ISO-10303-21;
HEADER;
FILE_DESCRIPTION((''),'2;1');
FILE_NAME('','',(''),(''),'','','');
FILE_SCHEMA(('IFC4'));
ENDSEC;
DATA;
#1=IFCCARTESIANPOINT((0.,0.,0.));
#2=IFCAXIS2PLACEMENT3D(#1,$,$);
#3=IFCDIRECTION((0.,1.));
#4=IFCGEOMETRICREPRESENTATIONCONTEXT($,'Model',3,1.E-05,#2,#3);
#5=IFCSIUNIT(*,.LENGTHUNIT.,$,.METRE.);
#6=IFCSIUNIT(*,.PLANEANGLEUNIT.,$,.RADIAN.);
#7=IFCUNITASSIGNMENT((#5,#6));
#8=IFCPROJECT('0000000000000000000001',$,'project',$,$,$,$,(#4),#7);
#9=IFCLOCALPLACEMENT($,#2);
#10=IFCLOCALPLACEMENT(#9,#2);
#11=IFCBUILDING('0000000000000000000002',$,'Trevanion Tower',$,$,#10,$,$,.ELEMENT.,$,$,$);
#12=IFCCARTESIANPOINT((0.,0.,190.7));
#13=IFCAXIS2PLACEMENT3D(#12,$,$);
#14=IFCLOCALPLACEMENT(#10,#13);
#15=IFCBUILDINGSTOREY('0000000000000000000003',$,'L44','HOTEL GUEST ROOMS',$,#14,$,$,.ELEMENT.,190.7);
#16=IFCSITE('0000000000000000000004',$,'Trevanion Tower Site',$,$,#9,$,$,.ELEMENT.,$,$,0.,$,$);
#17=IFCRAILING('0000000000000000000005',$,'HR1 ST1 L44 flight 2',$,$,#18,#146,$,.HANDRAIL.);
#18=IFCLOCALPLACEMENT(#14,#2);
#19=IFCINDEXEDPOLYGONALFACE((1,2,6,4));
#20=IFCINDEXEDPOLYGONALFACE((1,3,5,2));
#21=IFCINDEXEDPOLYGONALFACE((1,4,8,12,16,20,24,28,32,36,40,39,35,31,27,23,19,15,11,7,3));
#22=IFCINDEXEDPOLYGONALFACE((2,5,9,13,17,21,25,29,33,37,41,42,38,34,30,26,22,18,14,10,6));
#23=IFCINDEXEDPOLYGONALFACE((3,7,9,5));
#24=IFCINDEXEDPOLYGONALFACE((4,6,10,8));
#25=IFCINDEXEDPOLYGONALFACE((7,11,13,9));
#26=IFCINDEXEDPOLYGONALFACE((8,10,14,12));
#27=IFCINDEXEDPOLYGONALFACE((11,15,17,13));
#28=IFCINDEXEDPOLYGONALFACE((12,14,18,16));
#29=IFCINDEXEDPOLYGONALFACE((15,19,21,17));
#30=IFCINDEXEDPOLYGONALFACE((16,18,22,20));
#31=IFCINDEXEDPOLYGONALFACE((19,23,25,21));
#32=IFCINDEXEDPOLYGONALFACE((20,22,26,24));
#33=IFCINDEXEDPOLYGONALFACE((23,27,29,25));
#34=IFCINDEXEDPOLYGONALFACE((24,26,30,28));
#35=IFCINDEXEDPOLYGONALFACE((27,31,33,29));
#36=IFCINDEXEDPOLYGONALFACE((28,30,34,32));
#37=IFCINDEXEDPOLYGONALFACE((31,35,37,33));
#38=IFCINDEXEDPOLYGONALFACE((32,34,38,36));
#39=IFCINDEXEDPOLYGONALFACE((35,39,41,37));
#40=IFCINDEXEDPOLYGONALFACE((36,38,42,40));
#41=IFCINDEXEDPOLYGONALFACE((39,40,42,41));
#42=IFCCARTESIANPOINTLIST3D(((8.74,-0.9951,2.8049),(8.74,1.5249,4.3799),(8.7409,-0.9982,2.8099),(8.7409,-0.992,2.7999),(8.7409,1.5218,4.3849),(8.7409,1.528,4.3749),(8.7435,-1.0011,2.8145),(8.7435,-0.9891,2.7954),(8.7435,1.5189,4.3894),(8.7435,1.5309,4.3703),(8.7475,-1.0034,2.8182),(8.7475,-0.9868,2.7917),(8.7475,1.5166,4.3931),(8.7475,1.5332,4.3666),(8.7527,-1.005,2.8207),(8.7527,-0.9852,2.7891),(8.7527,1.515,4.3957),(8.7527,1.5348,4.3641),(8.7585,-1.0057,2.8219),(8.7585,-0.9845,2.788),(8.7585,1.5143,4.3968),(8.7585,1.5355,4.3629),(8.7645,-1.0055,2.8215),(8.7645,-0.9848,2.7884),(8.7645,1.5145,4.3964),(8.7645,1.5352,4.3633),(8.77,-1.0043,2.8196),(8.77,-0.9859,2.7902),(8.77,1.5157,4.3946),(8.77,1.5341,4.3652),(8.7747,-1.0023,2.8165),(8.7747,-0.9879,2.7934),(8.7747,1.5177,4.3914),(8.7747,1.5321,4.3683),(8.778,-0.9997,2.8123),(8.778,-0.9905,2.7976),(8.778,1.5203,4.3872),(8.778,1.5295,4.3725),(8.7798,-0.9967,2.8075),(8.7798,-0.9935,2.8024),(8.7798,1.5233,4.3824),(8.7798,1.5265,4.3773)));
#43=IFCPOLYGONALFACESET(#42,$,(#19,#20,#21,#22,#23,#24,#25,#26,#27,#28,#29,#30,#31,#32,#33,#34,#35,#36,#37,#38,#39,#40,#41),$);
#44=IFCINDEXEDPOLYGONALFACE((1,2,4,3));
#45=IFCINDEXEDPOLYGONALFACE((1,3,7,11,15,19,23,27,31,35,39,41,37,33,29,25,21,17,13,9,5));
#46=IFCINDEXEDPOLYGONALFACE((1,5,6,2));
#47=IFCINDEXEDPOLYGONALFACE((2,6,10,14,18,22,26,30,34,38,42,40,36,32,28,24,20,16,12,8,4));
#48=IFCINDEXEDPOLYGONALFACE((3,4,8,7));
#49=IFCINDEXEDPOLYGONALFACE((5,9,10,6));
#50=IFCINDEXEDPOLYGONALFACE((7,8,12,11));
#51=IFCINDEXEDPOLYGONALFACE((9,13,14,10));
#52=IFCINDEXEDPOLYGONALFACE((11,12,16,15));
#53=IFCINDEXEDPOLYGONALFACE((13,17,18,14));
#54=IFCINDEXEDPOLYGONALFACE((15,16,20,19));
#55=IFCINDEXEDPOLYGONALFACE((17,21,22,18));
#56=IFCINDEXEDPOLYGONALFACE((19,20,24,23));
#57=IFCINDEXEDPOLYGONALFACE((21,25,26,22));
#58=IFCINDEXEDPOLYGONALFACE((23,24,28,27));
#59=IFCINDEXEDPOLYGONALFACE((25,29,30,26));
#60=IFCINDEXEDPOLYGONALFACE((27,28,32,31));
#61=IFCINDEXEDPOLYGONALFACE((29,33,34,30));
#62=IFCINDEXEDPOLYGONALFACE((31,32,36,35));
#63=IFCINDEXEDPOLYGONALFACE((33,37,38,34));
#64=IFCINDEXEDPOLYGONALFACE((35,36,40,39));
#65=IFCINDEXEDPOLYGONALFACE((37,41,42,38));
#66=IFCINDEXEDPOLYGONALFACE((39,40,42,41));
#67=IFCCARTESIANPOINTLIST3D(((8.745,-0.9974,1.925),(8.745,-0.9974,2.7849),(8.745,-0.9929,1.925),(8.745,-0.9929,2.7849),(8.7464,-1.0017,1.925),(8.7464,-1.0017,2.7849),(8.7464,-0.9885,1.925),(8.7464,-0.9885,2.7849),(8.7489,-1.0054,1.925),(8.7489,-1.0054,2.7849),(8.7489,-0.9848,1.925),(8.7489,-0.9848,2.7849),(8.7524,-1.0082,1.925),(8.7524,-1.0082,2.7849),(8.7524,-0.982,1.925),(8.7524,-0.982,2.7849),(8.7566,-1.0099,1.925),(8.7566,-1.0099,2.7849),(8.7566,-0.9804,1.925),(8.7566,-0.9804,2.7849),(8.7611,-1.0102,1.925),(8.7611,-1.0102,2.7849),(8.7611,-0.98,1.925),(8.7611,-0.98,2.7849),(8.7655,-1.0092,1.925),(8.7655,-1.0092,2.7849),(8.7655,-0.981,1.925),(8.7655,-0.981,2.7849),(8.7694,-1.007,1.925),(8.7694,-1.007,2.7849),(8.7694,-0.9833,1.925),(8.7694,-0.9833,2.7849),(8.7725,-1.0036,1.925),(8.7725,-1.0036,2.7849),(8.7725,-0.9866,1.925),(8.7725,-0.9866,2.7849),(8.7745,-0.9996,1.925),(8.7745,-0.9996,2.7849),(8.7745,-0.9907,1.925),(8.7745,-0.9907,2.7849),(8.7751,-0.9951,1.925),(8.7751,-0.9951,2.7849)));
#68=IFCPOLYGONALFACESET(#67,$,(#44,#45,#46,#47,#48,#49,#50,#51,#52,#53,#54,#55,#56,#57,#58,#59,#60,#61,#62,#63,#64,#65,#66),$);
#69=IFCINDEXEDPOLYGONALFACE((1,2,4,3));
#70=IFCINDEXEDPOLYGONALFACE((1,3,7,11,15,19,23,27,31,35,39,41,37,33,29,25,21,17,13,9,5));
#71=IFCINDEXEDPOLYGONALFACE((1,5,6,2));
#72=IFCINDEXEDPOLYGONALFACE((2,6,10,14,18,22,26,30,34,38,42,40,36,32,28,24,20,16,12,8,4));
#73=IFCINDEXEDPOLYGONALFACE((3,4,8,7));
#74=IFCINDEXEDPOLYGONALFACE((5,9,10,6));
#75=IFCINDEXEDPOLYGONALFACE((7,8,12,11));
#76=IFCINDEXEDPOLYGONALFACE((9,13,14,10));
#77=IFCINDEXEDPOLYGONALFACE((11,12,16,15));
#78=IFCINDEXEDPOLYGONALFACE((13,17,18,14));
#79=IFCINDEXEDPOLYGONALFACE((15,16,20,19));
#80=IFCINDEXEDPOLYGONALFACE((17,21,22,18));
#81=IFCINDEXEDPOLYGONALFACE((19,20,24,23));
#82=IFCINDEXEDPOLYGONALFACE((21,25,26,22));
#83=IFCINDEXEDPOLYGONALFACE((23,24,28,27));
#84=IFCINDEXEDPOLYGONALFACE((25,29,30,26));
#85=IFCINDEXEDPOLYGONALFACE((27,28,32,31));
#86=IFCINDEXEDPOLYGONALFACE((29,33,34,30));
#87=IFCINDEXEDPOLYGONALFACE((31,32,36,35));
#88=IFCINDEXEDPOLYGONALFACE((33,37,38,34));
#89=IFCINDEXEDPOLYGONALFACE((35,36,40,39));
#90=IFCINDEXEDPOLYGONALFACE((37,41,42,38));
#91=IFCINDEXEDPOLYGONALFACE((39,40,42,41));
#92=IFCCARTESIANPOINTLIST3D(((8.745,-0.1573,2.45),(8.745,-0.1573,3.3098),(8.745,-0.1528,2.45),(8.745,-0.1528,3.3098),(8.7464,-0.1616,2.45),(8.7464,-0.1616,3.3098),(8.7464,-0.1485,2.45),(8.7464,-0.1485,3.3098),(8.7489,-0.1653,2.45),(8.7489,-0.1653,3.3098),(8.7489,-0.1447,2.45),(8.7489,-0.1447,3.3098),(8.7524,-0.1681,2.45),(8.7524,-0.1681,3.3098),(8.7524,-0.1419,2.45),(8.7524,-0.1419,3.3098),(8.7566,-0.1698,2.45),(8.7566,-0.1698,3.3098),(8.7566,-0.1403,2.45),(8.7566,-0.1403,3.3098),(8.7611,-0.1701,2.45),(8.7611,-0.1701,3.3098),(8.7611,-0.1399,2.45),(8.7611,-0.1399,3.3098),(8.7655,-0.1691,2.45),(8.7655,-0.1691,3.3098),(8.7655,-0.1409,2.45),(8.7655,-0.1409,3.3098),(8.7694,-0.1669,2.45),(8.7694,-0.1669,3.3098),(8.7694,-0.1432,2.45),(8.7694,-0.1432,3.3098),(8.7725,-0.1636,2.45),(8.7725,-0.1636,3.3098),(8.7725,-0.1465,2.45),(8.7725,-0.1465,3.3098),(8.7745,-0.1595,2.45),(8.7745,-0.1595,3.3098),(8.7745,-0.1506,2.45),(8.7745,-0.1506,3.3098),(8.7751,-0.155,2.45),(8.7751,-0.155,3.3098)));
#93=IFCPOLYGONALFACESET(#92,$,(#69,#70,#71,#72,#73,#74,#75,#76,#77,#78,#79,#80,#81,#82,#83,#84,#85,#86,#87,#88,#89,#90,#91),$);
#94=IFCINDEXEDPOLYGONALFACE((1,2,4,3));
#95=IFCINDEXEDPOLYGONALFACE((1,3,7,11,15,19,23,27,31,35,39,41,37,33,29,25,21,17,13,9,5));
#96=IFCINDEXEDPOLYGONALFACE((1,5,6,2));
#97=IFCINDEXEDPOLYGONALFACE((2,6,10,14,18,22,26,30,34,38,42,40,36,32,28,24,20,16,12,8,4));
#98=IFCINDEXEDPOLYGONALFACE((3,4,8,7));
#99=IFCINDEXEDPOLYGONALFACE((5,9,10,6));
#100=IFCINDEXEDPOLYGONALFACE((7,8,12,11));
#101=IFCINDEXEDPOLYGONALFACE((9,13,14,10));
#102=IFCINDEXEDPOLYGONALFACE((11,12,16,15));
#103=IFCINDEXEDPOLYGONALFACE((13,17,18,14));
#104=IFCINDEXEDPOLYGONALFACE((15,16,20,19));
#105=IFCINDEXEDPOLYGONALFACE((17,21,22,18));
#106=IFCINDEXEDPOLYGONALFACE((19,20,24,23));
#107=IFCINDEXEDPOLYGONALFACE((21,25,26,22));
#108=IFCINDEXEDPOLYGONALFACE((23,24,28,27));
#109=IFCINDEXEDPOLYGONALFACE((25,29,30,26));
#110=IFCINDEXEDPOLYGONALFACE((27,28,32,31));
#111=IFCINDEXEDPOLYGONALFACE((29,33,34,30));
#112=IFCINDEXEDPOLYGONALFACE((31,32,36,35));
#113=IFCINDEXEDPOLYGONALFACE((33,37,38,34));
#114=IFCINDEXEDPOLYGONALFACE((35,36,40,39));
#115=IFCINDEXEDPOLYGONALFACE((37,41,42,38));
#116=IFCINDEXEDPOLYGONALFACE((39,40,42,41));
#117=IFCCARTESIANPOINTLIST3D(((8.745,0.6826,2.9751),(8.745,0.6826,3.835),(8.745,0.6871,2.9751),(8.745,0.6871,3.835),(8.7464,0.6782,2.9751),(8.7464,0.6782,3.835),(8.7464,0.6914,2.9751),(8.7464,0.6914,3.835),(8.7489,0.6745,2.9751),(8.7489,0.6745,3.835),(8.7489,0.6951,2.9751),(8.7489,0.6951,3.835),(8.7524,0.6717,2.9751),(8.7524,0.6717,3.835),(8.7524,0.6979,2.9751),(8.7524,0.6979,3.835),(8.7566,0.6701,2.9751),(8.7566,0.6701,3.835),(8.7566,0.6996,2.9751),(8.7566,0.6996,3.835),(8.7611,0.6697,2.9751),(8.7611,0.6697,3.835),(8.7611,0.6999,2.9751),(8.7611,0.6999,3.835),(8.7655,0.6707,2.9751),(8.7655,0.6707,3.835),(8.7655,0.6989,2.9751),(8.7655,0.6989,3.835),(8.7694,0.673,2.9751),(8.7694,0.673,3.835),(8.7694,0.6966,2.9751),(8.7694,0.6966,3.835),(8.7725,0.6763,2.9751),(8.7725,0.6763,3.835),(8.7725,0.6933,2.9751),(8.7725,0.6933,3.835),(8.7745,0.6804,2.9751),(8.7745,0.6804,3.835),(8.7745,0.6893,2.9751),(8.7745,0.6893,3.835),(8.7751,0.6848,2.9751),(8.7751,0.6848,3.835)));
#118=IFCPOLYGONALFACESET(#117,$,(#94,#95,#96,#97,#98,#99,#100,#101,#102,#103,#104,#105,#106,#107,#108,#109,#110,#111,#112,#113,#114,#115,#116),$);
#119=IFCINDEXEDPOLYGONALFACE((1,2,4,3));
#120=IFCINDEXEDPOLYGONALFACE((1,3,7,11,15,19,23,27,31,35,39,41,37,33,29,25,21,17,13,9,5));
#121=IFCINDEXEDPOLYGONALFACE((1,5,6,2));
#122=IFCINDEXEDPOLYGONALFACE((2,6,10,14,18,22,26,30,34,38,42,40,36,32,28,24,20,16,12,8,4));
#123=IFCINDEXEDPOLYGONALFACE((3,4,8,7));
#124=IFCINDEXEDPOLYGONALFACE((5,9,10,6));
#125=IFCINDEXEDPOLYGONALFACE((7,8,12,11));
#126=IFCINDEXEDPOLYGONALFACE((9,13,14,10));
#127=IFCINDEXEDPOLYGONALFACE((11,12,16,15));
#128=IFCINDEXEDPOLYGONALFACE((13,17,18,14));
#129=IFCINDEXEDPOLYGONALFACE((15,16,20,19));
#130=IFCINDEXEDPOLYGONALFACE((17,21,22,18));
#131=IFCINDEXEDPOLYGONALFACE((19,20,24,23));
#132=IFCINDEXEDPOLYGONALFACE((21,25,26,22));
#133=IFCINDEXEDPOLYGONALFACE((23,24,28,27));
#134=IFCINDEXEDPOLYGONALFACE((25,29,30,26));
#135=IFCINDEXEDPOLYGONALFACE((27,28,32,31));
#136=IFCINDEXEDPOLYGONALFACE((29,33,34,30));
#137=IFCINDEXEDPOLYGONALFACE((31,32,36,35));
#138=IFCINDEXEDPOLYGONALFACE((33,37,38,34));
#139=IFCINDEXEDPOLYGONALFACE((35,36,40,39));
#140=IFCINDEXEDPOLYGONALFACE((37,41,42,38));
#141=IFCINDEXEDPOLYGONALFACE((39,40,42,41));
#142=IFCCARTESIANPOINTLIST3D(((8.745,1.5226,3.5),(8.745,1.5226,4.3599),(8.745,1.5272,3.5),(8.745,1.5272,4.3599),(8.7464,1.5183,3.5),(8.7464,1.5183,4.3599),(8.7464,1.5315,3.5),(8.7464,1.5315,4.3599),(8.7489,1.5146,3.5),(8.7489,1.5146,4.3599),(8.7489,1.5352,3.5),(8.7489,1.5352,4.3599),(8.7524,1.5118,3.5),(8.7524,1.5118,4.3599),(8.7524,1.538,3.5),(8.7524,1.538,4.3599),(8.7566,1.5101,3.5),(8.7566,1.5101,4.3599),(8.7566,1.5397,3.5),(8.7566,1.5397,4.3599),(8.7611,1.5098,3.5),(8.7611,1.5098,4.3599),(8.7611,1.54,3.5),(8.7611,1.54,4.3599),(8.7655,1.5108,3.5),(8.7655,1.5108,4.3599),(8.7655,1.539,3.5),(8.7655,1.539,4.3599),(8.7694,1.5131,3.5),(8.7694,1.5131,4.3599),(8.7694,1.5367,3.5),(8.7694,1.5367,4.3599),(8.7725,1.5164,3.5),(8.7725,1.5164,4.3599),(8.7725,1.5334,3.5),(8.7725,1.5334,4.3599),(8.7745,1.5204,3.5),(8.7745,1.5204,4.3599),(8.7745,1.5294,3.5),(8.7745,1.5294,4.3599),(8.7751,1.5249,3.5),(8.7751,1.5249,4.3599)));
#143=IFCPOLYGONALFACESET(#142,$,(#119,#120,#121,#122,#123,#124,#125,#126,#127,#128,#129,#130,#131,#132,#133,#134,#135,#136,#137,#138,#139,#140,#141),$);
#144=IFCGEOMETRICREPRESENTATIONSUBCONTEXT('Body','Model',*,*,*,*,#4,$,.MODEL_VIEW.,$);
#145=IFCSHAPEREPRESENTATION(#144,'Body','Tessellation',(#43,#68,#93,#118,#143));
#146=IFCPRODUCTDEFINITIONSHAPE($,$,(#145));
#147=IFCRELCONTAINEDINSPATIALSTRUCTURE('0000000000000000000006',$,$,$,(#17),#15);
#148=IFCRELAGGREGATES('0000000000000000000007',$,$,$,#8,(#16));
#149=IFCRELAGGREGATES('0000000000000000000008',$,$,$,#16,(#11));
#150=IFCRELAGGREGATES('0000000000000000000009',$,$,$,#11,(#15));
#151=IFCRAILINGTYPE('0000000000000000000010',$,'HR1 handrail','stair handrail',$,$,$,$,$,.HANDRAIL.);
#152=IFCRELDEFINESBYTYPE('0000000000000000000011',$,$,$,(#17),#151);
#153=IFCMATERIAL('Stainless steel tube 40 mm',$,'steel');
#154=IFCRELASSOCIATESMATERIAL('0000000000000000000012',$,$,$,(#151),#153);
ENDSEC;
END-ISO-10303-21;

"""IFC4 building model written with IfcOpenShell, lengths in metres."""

from ifc_helpers import new_model, si_unit, direction, frame, origin, origin_2d, place, context, subcontext, project, spatial, circle, extrude, material, type_object, element, save


model = new_model("IFC4")

# Units and contexts
model_context = context("Model", 3, precision=1e-05, world=origin(), true_north=direction((0.0, 1.0)))
body_context = subcontext(model_context, "Body", "Model", "MODEL_VIEW")
ifc_project = project(units=[si_unit("LENGTHUNIT", "METRE"), si_unit("PLANEANGLEUNIT", "RADIAN")], contexts=[model_context])

# Site, building, storey
site_placement = place(None, origin())
site = spatial("IfcSite", under=ifc_project, at=site_placement, Name="Trevanion Tower Site", CompositionType="ELEMENT", RefElevation=0.0)
building_placement = place(site_placement, origin())
building = spatial("IfcBuilding", under=site, at=building_placement, Name="Trevanion Tower", CompositionType="ELEMENT")
storey_placement = place(building_placement, frame((0.0, 0.0, 190.7)))
storey = spatial("IfcBuildingStorey", under=building, at=storey_placement, Name="L44", Description="HOTEL GUEST ROOMS", CompositionType="ELEMENT", Elevation=190.7)

# Railing
ifc_material_1 = material(Name="Stainless steel tube 40 mm", Category="steel")
railing_type = type_object("IfcRailingType", Name="HR1 handrail", Description="stair handrail", PredefinedType="HANDRAIL", material=ifc_material_1)
railing_placement = place(storey_placement, frame((8.76, -0.9951, 1.925)))
element("IfcRailing", 1, at=railing_placement, inside=storey, type_object=railing_type, Name="HR1 ST1 L44 flight 2", PredefinedType="HANDRAIL", context=body_context, shape_type="SweptSolid", body=[
    extrude(circle(Radius=0.02, at=origin_2d()), frame((0.0, 0.0, 0.8799), z_axis=(0.0, 0.848008, 0.529984), x_axis=(-1.0, 0.0, 0.0)), (0.0, 0.0, 1.0), 2.9717),
    extrude(circle(Radius=0.0151, at=origin_2d()), origin(), (0.0, 0.0, 1.0), 0.8599),
    extrude(circle(Radius=0.0151, at=origin_2d()), frame((0.0, 0.8401, 0.5249)), (0.0, 0.0, 1.0), 0.8599),
    extrude(circle(Radius=0.0151, at=origin_2d()), frame((0.0, 1.6799, 1.05)), (0.0, 0.0, 1.0), 0.8599),
    extrude(circle(Radius=0.0151, at=origin_2d()), frame((0.0, 2.52, 1.575)), (0.0, 0.0, 1.0), 0.8599),
])

save(model, "model.ifc")
